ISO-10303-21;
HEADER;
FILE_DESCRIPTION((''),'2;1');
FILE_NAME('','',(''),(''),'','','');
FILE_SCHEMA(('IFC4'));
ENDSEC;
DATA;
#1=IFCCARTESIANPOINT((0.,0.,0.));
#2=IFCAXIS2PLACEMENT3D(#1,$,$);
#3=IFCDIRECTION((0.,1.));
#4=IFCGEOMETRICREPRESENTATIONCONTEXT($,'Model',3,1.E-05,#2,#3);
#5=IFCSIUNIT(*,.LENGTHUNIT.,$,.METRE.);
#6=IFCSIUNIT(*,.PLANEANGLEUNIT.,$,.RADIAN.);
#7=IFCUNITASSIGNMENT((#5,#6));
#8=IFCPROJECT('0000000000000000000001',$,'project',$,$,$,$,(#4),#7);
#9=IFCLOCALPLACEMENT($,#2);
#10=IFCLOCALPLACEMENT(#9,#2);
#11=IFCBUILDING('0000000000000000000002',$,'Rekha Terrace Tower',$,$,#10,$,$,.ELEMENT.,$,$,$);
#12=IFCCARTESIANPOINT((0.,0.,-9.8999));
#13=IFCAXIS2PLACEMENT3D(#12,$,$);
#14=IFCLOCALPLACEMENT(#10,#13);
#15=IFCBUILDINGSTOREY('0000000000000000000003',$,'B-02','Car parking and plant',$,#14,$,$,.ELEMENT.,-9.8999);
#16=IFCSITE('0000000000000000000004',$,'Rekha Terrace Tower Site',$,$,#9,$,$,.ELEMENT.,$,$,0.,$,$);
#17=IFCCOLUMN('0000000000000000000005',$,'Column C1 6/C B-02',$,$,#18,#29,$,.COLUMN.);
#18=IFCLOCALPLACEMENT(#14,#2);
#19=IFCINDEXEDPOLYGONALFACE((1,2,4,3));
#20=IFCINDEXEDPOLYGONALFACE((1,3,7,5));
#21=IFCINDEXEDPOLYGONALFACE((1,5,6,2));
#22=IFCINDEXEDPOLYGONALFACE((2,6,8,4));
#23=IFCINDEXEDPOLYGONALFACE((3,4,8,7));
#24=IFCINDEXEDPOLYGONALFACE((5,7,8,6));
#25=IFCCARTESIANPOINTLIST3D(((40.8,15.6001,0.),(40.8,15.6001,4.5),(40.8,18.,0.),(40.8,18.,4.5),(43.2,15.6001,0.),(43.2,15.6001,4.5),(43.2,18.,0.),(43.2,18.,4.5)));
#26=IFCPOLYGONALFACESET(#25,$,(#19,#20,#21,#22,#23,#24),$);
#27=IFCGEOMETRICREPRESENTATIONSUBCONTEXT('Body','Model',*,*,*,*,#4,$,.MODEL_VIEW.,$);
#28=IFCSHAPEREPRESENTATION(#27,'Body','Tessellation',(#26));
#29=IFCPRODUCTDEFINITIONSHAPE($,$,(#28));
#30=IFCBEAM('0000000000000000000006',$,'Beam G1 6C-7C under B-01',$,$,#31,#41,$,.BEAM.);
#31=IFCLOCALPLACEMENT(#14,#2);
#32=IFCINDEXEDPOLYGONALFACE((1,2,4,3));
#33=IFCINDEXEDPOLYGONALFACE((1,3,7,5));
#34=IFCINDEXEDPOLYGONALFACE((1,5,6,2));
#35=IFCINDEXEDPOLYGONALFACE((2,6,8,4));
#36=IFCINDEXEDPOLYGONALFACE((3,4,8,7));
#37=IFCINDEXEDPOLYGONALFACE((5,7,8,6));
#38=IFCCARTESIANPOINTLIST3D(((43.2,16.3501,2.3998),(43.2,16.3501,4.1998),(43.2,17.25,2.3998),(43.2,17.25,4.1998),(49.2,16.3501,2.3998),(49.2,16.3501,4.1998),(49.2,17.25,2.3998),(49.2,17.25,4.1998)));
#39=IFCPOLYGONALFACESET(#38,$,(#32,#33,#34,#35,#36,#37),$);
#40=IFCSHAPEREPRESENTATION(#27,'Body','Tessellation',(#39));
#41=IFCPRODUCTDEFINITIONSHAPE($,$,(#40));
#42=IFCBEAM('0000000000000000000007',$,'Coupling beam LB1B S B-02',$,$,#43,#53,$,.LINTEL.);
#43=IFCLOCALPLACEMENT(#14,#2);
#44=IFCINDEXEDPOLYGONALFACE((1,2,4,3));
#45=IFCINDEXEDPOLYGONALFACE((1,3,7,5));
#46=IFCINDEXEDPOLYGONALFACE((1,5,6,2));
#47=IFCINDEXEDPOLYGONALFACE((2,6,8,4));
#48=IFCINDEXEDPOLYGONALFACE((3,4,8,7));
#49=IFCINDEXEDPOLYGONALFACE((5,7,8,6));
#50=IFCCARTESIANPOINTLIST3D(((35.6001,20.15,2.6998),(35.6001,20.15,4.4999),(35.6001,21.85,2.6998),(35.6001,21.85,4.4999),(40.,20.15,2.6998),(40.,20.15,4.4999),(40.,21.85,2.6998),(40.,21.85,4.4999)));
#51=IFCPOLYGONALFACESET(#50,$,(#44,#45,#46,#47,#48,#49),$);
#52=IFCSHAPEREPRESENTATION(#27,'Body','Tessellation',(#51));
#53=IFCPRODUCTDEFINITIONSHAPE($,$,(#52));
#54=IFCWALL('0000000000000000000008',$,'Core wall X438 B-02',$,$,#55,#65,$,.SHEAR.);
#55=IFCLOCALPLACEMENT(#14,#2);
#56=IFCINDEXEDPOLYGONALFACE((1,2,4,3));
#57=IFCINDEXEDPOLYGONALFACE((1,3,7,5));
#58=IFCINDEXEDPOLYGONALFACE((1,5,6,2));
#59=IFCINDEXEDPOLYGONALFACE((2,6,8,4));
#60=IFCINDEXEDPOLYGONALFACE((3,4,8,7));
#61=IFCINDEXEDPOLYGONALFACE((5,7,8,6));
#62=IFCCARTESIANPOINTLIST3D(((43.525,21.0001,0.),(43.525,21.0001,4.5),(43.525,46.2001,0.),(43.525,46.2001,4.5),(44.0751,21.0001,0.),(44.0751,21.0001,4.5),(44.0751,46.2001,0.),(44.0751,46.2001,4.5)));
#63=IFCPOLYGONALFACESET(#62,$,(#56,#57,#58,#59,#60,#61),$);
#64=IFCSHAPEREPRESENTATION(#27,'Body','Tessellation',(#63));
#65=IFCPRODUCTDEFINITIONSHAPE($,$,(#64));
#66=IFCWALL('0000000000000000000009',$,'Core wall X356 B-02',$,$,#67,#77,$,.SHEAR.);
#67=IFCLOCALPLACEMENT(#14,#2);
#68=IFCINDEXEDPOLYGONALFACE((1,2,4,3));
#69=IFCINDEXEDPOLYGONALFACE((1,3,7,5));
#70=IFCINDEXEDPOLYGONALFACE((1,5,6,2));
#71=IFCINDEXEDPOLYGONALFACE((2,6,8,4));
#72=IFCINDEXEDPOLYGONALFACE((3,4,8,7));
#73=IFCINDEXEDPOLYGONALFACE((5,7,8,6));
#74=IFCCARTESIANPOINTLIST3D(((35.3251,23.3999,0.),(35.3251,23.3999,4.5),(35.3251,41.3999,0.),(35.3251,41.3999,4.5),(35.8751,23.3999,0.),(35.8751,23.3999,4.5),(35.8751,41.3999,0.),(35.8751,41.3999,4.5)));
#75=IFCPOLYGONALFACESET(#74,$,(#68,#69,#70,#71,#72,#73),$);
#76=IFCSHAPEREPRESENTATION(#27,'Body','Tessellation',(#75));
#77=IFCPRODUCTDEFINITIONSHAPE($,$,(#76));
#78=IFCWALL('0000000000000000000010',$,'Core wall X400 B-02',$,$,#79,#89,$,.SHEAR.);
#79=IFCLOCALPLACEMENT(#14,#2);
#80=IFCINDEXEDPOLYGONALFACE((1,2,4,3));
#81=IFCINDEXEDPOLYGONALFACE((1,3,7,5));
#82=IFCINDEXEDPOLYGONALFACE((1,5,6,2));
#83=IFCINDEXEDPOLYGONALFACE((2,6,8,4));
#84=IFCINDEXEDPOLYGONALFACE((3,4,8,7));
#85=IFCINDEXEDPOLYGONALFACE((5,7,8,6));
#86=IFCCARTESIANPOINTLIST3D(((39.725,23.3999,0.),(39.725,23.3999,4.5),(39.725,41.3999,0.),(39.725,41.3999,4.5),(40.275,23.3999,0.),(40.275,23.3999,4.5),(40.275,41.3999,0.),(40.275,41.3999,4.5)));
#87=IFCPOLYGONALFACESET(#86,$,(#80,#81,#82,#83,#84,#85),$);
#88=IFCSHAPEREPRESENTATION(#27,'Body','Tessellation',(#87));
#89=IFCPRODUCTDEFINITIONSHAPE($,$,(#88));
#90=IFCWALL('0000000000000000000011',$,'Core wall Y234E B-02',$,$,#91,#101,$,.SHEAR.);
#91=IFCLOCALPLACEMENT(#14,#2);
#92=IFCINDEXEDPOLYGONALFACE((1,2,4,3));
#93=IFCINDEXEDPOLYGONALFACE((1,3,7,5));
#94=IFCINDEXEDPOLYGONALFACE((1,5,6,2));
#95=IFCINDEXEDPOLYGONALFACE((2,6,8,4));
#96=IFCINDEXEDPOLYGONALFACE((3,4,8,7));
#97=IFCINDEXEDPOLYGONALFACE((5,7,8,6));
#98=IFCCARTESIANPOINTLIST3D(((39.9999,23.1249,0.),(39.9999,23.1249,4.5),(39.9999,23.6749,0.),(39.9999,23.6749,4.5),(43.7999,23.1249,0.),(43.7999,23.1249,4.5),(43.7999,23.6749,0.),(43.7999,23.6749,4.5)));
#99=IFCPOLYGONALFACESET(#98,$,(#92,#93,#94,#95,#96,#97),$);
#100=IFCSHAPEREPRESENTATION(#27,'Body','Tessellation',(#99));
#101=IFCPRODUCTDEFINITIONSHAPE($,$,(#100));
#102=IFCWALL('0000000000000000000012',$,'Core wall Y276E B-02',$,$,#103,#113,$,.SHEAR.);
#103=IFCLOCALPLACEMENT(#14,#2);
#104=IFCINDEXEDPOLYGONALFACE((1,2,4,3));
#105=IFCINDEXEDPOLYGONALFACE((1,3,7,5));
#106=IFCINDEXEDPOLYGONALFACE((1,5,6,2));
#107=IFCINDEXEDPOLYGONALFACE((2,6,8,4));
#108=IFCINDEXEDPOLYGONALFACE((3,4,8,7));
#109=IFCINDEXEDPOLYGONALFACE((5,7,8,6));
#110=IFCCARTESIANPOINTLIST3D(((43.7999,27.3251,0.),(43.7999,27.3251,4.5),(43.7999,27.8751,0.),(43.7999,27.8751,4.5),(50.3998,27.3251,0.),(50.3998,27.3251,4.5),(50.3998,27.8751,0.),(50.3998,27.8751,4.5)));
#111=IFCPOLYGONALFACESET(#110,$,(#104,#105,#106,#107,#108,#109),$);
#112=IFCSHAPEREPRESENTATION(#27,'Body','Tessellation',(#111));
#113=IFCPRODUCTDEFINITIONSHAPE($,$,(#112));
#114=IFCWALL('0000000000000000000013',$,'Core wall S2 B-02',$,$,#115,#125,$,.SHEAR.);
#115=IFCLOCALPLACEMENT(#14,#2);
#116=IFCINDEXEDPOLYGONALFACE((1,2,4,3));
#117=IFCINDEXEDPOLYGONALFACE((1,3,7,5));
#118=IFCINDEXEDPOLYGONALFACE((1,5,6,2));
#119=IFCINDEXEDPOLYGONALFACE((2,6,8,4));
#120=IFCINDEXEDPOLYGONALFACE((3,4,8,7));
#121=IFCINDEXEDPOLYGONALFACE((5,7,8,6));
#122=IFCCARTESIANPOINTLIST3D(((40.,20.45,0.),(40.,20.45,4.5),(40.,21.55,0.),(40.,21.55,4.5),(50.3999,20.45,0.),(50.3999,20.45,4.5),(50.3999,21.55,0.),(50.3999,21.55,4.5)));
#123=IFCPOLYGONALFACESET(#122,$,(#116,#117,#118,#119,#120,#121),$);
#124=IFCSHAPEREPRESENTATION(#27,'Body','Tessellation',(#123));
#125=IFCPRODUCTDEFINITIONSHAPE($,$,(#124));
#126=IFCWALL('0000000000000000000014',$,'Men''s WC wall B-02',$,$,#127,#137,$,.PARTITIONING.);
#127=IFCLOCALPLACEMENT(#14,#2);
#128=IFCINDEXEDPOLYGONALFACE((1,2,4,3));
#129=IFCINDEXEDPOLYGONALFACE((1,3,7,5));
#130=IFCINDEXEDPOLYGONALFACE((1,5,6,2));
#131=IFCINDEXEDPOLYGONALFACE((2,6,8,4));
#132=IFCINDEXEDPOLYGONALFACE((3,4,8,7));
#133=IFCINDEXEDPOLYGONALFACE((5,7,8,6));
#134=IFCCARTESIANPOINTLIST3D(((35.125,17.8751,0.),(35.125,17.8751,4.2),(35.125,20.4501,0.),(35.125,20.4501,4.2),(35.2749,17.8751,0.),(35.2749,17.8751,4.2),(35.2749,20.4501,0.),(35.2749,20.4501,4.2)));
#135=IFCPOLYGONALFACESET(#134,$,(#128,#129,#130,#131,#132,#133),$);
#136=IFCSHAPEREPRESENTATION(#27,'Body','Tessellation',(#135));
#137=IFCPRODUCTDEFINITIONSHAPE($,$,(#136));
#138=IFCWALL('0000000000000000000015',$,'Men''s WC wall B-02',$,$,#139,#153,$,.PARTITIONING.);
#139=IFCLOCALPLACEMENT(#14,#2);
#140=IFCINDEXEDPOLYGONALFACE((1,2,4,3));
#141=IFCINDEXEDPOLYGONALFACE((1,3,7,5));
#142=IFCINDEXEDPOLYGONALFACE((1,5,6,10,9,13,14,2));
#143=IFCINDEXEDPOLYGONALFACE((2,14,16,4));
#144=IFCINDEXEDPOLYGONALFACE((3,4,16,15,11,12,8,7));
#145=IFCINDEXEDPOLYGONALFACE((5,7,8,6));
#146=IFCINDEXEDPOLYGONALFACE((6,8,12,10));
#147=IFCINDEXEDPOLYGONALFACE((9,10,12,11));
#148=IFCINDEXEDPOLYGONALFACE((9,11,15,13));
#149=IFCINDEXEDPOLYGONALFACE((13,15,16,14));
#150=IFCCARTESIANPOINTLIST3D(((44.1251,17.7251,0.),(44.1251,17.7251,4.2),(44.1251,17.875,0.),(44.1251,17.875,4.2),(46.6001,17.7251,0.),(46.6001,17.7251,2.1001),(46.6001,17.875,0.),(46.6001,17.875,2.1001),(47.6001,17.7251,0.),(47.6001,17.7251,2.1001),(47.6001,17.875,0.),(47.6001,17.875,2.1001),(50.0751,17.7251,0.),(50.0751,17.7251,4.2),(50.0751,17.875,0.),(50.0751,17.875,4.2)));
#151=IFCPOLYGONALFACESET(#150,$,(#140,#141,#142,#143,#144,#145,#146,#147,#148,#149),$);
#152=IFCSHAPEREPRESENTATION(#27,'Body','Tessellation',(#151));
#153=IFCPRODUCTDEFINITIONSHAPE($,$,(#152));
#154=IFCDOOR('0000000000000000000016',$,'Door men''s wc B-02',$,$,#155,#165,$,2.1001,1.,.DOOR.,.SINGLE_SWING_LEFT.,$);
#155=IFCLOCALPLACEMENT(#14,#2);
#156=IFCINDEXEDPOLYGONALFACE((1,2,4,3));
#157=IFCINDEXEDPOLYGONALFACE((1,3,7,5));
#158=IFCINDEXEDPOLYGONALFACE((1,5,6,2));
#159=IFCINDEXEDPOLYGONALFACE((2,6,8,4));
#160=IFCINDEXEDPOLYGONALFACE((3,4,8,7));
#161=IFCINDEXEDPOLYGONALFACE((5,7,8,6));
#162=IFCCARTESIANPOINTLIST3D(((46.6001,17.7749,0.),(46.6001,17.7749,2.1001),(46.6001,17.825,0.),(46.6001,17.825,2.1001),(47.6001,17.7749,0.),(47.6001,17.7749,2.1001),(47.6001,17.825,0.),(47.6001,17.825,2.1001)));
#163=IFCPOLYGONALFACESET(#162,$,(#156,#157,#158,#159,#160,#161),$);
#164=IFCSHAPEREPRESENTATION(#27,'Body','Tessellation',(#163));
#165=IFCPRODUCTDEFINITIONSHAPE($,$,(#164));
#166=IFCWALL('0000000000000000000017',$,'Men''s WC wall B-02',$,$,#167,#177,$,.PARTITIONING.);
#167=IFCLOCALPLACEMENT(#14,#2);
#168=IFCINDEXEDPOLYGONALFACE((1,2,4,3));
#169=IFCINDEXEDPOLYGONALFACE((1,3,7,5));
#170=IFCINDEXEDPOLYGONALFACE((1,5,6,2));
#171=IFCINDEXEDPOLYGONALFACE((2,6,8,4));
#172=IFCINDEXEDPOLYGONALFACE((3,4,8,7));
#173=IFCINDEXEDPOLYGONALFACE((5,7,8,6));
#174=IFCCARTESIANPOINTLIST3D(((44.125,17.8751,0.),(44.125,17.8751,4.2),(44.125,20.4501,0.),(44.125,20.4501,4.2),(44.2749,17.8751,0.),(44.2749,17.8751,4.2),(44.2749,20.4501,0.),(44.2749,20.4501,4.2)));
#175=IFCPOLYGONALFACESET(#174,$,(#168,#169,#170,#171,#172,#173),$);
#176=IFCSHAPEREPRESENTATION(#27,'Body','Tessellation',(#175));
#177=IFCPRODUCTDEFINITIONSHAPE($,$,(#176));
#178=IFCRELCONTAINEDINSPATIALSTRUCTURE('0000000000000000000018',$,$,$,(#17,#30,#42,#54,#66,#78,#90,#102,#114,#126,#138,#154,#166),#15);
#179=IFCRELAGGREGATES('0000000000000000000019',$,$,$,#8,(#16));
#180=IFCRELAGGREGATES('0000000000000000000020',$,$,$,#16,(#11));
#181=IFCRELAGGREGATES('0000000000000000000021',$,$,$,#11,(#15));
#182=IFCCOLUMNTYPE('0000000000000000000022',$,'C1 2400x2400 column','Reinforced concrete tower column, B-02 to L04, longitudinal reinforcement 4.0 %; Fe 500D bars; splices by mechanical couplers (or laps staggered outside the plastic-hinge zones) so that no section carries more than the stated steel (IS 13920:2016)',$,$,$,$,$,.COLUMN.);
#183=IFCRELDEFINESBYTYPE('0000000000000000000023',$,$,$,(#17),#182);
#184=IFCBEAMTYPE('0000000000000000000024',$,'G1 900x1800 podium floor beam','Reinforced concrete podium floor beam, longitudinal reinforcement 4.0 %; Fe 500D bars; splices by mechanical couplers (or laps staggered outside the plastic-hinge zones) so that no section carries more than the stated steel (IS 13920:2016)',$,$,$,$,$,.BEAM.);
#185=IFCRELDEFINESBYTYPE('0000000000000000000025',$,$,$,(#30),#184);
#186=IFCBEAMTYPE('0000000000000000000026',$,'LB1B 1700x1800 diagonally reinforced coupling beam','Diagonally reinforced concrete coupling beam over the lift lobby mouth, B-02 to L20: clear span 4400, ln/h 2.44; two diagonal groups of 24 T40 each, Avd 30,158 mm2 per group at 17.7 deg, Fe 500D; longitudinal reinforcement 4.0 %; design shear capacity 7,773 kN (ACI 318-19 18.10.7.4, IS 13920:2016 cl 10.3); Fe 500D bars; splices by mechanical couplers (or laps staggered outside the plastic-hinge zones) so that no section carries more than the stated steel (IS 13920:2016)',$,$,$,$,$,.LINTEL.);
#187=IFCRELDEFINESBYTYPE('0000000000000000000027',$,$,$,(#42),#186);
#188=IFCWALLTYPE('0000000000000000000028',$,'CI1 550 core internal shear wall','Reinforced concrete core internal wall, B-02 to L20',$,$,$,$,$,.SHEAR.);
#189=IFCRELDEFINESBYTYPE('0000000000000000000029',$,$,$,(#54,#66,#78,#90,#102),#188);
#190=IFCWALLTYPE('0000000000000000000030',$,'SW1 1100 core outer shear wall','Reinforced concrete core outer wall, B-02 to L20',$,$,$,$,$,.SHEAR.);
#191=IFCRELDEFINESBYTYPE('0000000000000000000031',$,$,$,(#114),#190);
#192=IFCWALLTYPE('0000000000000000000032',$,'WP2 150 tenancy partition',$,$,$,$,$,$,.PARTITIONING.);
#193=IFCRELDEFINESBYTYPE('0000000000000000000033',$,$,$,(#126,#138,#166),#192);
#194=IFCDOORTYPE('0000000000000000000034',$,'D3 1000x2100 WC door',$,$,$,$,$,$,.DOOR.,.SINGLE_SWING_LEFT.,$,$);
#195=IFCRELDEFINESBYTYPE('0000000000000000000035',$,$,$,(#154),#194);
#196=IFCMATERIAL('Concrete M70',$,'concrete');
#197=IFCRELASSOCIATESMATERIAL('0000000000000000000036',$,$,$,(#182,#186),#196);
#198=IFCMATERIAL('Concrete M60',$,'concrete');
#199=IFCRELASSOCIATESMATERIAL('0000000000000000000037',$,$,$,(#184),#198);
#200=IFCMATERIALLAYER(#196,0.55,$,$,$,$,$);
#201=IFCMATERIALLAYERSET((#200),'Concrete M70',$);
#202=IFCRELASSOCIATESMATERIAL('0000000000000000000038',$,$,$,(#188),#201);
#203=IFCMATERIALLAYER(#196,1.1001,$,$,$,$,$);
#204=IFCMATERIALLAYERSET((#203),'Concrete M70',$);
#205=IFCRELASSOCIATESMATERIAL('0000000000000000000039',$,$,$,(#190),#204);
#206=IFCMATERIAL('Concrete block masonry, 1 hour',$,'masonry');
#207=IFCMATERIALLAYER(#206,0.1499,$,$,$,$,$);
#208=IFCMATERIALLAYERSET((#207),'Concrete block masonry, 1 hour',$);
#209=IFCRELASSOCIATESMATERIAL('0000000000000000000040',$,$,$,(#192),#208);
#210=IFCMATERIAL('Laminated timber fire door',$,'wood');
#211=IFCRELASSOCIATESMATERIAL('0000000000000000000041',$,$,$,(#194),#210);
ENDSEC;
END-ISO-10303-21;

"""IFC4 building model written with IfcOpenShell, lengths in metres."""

from ifc_helpers import new_model, si_unit, direction, frame, frame_2d, origin, origin_2d, place, context, subcontext, project, spatial, rectangle, extrude, material, layer, layer_set, material_profile, profile_set, type_object, element, fill, save


model = new_model("IFC4")

# Units and contexts
model_context = context("Model", 3, precision=1e-05, world=origin(), true_north=direction((0.0, 1.0)))
body_context = subcontext(model_context, "Body", "Model", "MODEL_VIEW")
ifc_project = project(units=[si_unit("LENGTHUNIT", "METRE"), si_unit("PLANEANGLEUNIT", "RADIAN")], contexts=[model_context])

# Site, building, storey
site_placement = place(None, origin())
site = spatial("IfcSite", under=ifc_project, at=site_placement, Name="Rekha Terrace Tower Site", CompositionType="ELEMENT", RefElevation=0.0)
building_placement = place(site_placement, origin())
building = spatial("IfcBuilding", under=site, at=building_placement, Name="Rekha Terrace Tower", CompositionType="ELEMENT")
storey_placement = place(building_placement, frame((0.0, 0.0, -9.8999)))
storey = spatial("IfcBuildingStorey", under=building, at=storey_placement, Name="B-02", Description="Car parking and plant", CompositionType="ELEMENT", Elevation=-9.8999)

# Column
ifc_material_1 = material(Name="Concrete M70", Category="concrete")
ifc_material_profile_1 = material_profile(ifc_material_1, rectangle(XDim=2.3999, YDim=2.3999, at=origin_2d()), Name="RC 2400x2400")
ifc_profile_set_1 = profile_set([ifc_material_profile_1], Name="Concrete M70")
column_type = type_object("IfcColumnType", Name="C1 2400x2400 column", Description="Reinforced concrete tower column, B-02 to L04, longitudinal reinforcement 4.0 %; Fe 500D bars; splices by mechanical couplers (or laps staggered outside the plastic-hinge zones) so that no section carries more than the stated steel (IS 13920:2016)", PredefinedType="COLUMN", material=ifc_profile_set_1)
column_placement = place(storey_placement, frame((42.0, 16.8, 0.0), z_axis=(0.0, 0.0, 1.0), x_axis=(1.0, 0.0, 0.0)))
element("IfcColumn", 1, at=column_placement, inside=storey, type_object=column_type, Name="Column C1 6/C B-02", PredefinedType="COLUMN", context=body_context, shape_type="SweptSolid", body=[
    extrude(rectangle(XDim=2.3999, YDim=2.3999, at=origin_2d()), origin(), (0.0, 0.0, 1.0), 4.5),
])

# Beams
ifc_material_2 = material(Name="Concrete M60", Category="concrete")
ifc_material_profile_2 = material_profile(ifc_material_2, rectangle(XDim=0.8999, YDim=1.8, at=origin_2d()), Name="RC 900x1800")
ifc_profile_set_2 = profile_set([ifc_material_profile_2], Name="Concrete M60")
beam_type_1 = type_object("IfcBeamType", Name="G1 900x1800 podium floor beam", Description="Reinforced concrete podium floor beam, longitudinal reinforcement 4.0 %; Fe 500D bars; splices by mechanical couplers (or laps staggered outside the plastic-hinge zones) so that no section carries more than the stated steel (IS 13920:2016)", PredefinedType="BEAM", material=ifc_profile_set_2)
beam_1_placement = place(storey_placement, frame((43.2, 16.8, 3.2998), z_axis=(1.0, 0.0, 0.0), x_axis=(0.0, 1.0, 0.0)))
element("IfcBeam", 2, at=beam_1_placement, inside=storey, type_object=beam_type_1, Name="Beam G1 6C-7C under B-01", PredefinedType="BEAM", context=body_context, shape_type="SweptSolid", body=[
    extrude(rectangle(XDim=0.8999, YDim=1.8, at=origin_2d()), origin(), (0.0, 0.0, 1.0), 6.0),
])
ifc_material_profile_3 = material_profile(ifc_material_1, rectangle(XDim=1.7, YDim=1.8, at=origin_2d()), Name="RC 1700x1800")
ifc_profile_set_3 = profile_set([ifc_material_profile_3], Name="Concrete M70")
beam_type_2 = type_object("IfcBeamType", Name="LB1B 1700x1800 diagonally reinforced coupling beam", Description="Diagonally reinforced concrete coupling beam over the lift lobby mouth, B-02 to L20: clear span 4400, ln/h 2.44; two diagonal groups of 24 T40 each, Avd 30,158 mm2 per group at 17.7 deg, Fe 500D; longitudinal reinforcement 4.0 %; design shear capacity 7,773 kN (ACI 318-19 18.10.7.4, IS 13920:2016 cl 10.3); Fe 500D bars; splices by mechanical couplers (or laps staggered outside the plastic-hinge zones) so that no section carries more than the stated steel (IS 13920:2016)", PredefinedType="LINTEL", material=ifc_profile_set_3)
beam_2_placement = place(storey_placement, frame((35.6001, 21.0, 3.5999), z_axis=(1.0, 0.0, 0.0), x_axis=(0.0, 1.0, 0.0)))
element("IfcBeam", 3, at=beam_2_placement, inside=storey, type_object=beam_type_2, Name="Coupling beam LB1B S B-02", PredefinedType="LINTEL", context=body_context, shape_type="SweptSolid", body=[
    extrude(rectangle(XDim=1.7, YDim=1.8, at=origin_2d()), origin(), (0.0, 0.0, 1.0), 4.3999),
])

# Walls
ifc_layer_1 = layer(ifc_material_1, 0.55)
ifc_layer_set_1 = layer_set([ifc_layer_1], Name="Concrete M70")
wall_type_1 = type_object("IfcWallType", Name="CI1 550 core internal shear wall", Description="Reinforced concrete core internal wall, B-02 to L20", PredefinedType="SHEAR", material=ifc_layer_set_1)
wall_1_placement = place(storey_placement, frame((43.8, 21.0, 0.0), z_axis=(0.0, 0.0, 1.0), x_axis=(0.0, 1.0, 0.0)))
element("IfcWall", 4, at=wall_1_placement, inside=storey, type_object=wall_type_1, Name="Core wall X438 B-02", PredefinedType="SHEAR", context=body_context, shape_type="SweptSolid", body=[
    extrude(rectangle(XDim=25.2, YDim=0.55, at=frame_2d((12.6001, 0.0))), origin(), (0.0, 0.0, 1.0), 4.5),
])
for number, where, z_axis, x_axis, name in (
    (5, (35.6001, 23.3999, 0.0), (0.0, 0.0, 1.0), (0.0, 1.0, 0.0), "Core wall X356 B-02"),
    (6, (40.0, 23.3999, 0.0), (0.0, 0.0, 1.0), (0.0, 1.0, 0.0), "Core wall X400 B-02"),
):
    element("IfcWall", number, at=place(storey_placement, frame(where, z_axis=z_axis, x_axis=x_axis)), inside=storey, type_object=wall_type_1, Name=name, PredefinedType="SHEAR", context=body_context, shape_type="SweptSolid", body=[
        extrude(rectangle(XDim=18.0, YDim=0.55, at=frame_2d((9.0, 0.0))), origin(), (0.0, 0.0, 1.0), 4.5),
    ])
wall_2_placement = place(storey_placement, frame((40.0, 23.3999, 0.0), z_axis=(0.0, 0.0, 1.0), x_axis=(1.0, 0.0, 0.0)))
element("IfcWall", 7, at=wall_2_placement, inside=storey, type_object=wall_type_1, Name="Core wall Y234E B-02", PredefinedType="SHEAR", context=body_context, shape_type="SweptSolid", body=[
    extrude(rectangle(XDim=3.8, YDim=0.55, at=frame_2d((1.8999, 0.0))), origin(), (0.0, 0.0, 1.0), 4.5),
])
wall_3_placement = place(storey_placement, frame((43.8, 27.6001, 0.0), z_axis=(0.0, 0.0, 1.0), x_axis=(1.0, 0.0, 0.0)))
element("IfcWall", 8, at=wall_3_placement, inside=storey, type_object=wall_type_1, Name="Core wall Y276E B-02", PredefinedType="SHEAR", context=body_context, shape_type="SweptSolid", body=[
    extrude(rectangle(XDim=6.5999, YDim=0.55, at=frame_2d((3.2998, 0.0))), origin(), (0.0, 0.0, 1.0), 4.5),
])
ifc_layer_2 = layer(ifc_material_1, 1.1001)
ifc_layer_set_2 = layer_set([ifc_layer_2], Name="Concrete M70")
wall_type_2 = type_object("IfcWallType", Name="SW1 1100 core outer shear wall", Description="Reinforced concrete core outer wall, B-02 to L20", PredefinedType="SHEAR", material=ifc_layer_set_2)
wall_4_placement = place(storey_placement, frame((40.0, 21.0, 0.0), z_axis=(0.0, 0.0, 1.0), x_axis=(1.0, 0.0, 0.0)))
element("IfcWall", 9, at=wall_4_placement, inside=storey, type_object=wall_type_2, Name="Core wall S2 B-02", PredefinedType="SHEAR", context=body_context, shape_type="SweptSolid", body=[
    extrude(rectangle(XDim=10.3999, YDim=1.1001, at=frame_2d((5.2, 0.0))), origin(), (0.0, 0.0, 1.0), 4.5),
])
ifc_material_3 = material(Name="Concrete block masonry, 1 hour", Category="masonry")
ifc_layer_3 = layer(ifc_material_3, 0.1499)
ifc_layer_set_3 = layer_set([ifc_layer_3], Name="Concrete block masonry, 1 hour")
wall_type_3 = type_object("IfcWallType", Name="WP2 150 tenancy partition", PredefinedType="PARTITIONING", material=ifc_layer_set_3)
wall_5_placement = place(storey_placement, frame((35.2, 17.875, 0.0), z_axis=(0.0, 0.0, 1.0), x_axis=(0.0, 1.0, 0.0)))
element("IfcWall", 10, at=wall_5_placement, inside=storey, type_object=wall_type_3, Name="Men's WC wall B-02", PredefinedType="PARTITIONING", context=body_context, shape_type="SweptSolid", body=[
    extrude(rectangle(XDim=2.575, YDim=0.1499, at=frame_2d((1.2876, 0.0))), origin(), (0.0, 0.0, 1.0), 4.2),
])

# Wall, opening, door
wall_6_placement = place(storey_placement, frame((44.125, 17.8, 0.0), z_axis=(0.0, 0.0, 1.0), x_axis=(1.0, 0.0, 0.0)))
wall_6 = element("IfcWall", 11, at=wall_6_placement, inside=storey, type_object=wall_type_3, Name="Men's WC wall B-02", PredefinedType="PARTITIONING", context=body_context, shape_type="SweptSolid", body=[
    extrude(rectangle(XDim=5.95, YDim=0.1499, at=frame_2d((2.9751, 0.0))), origin(), (0.0, 0.0, 1.0), 4.2),
])
opening_1_placement = place(wall_6_placement, frame((2.4751, 0.0, 0.0)))
opening_1 = element("IfcOpeningElement", 12, at=opening_1_placement, cuts=wall_6, PredefinedType="OPENING", context=body_context, shape_type="SweptSolid", body=[
    extrude(rectangle(XDim=1.0, YDim=2.1001, at=frame_2d((0.5, 1.05))), frame((0.0, 0.085, 0.0), z_axis=(0.0, -1.0, 0.0), x_axis=(1.0, 0.0, 0.0)), (0.0, 0.0, 1.0), 0.1699),
])
ifc_material_4 = material(Name="Laminated timber fire door", Category="wood")
door_type_1 = type_object("IfcDoorType", Name="D3 1000x2100 WC door", OperationType="SINGLE_SWING_LEFT", PredefinedType="DOOR", material=ifc_material_4)
door_1_placement = place(opening_1_placement, origin())
door_1 = element("IfcDoor", 13, at=door_1_placement, inside=storey, type_object=door_type_1, Name="Door men's wc B-02", OperationType="SINGLE_SWING_LEFT", OverallHeight=2.1001, OverallWidth=1.0, PredefinedType="DOOR", context=body_context, shape_type="SweptSolid", body=[
    extrude(rectangle(XDim=1.0, YDim=2.1001, at=frame_2d((0.5, 1.05))), frame((0.0, 0.0249, 0.0), z_axis=(0.0, -1.0, 0.0), x_axis=(1.0, 0.0, 0.0)), (0.0, 0.0, 1.0), 0.05),
])
fill(opening_1, door_1)

# Wall
wall_7_placement = place(storey_placement, frame((44.2, 17.875, 0.0), z_axis=(0.0, 0.0, 1.0), x_axis=(0.0, 1.0, 0.0)))
element("IfcWall", 14, at=wall_7_placement, inside=storey, type_object=wall_type_3, Name="Men's WC wall B-02", PredefinedType="PARTITIONING", context=body_context, shape_type="SweptSolid", body=[
    extrude(rectangle(XDim=2.575, YDim=0.1499, at=frame_2d((1.2876, 0.0))), origin(), (0.0, 0.0, 1.0), 4.2),
])

save(model, "model.ifc")
